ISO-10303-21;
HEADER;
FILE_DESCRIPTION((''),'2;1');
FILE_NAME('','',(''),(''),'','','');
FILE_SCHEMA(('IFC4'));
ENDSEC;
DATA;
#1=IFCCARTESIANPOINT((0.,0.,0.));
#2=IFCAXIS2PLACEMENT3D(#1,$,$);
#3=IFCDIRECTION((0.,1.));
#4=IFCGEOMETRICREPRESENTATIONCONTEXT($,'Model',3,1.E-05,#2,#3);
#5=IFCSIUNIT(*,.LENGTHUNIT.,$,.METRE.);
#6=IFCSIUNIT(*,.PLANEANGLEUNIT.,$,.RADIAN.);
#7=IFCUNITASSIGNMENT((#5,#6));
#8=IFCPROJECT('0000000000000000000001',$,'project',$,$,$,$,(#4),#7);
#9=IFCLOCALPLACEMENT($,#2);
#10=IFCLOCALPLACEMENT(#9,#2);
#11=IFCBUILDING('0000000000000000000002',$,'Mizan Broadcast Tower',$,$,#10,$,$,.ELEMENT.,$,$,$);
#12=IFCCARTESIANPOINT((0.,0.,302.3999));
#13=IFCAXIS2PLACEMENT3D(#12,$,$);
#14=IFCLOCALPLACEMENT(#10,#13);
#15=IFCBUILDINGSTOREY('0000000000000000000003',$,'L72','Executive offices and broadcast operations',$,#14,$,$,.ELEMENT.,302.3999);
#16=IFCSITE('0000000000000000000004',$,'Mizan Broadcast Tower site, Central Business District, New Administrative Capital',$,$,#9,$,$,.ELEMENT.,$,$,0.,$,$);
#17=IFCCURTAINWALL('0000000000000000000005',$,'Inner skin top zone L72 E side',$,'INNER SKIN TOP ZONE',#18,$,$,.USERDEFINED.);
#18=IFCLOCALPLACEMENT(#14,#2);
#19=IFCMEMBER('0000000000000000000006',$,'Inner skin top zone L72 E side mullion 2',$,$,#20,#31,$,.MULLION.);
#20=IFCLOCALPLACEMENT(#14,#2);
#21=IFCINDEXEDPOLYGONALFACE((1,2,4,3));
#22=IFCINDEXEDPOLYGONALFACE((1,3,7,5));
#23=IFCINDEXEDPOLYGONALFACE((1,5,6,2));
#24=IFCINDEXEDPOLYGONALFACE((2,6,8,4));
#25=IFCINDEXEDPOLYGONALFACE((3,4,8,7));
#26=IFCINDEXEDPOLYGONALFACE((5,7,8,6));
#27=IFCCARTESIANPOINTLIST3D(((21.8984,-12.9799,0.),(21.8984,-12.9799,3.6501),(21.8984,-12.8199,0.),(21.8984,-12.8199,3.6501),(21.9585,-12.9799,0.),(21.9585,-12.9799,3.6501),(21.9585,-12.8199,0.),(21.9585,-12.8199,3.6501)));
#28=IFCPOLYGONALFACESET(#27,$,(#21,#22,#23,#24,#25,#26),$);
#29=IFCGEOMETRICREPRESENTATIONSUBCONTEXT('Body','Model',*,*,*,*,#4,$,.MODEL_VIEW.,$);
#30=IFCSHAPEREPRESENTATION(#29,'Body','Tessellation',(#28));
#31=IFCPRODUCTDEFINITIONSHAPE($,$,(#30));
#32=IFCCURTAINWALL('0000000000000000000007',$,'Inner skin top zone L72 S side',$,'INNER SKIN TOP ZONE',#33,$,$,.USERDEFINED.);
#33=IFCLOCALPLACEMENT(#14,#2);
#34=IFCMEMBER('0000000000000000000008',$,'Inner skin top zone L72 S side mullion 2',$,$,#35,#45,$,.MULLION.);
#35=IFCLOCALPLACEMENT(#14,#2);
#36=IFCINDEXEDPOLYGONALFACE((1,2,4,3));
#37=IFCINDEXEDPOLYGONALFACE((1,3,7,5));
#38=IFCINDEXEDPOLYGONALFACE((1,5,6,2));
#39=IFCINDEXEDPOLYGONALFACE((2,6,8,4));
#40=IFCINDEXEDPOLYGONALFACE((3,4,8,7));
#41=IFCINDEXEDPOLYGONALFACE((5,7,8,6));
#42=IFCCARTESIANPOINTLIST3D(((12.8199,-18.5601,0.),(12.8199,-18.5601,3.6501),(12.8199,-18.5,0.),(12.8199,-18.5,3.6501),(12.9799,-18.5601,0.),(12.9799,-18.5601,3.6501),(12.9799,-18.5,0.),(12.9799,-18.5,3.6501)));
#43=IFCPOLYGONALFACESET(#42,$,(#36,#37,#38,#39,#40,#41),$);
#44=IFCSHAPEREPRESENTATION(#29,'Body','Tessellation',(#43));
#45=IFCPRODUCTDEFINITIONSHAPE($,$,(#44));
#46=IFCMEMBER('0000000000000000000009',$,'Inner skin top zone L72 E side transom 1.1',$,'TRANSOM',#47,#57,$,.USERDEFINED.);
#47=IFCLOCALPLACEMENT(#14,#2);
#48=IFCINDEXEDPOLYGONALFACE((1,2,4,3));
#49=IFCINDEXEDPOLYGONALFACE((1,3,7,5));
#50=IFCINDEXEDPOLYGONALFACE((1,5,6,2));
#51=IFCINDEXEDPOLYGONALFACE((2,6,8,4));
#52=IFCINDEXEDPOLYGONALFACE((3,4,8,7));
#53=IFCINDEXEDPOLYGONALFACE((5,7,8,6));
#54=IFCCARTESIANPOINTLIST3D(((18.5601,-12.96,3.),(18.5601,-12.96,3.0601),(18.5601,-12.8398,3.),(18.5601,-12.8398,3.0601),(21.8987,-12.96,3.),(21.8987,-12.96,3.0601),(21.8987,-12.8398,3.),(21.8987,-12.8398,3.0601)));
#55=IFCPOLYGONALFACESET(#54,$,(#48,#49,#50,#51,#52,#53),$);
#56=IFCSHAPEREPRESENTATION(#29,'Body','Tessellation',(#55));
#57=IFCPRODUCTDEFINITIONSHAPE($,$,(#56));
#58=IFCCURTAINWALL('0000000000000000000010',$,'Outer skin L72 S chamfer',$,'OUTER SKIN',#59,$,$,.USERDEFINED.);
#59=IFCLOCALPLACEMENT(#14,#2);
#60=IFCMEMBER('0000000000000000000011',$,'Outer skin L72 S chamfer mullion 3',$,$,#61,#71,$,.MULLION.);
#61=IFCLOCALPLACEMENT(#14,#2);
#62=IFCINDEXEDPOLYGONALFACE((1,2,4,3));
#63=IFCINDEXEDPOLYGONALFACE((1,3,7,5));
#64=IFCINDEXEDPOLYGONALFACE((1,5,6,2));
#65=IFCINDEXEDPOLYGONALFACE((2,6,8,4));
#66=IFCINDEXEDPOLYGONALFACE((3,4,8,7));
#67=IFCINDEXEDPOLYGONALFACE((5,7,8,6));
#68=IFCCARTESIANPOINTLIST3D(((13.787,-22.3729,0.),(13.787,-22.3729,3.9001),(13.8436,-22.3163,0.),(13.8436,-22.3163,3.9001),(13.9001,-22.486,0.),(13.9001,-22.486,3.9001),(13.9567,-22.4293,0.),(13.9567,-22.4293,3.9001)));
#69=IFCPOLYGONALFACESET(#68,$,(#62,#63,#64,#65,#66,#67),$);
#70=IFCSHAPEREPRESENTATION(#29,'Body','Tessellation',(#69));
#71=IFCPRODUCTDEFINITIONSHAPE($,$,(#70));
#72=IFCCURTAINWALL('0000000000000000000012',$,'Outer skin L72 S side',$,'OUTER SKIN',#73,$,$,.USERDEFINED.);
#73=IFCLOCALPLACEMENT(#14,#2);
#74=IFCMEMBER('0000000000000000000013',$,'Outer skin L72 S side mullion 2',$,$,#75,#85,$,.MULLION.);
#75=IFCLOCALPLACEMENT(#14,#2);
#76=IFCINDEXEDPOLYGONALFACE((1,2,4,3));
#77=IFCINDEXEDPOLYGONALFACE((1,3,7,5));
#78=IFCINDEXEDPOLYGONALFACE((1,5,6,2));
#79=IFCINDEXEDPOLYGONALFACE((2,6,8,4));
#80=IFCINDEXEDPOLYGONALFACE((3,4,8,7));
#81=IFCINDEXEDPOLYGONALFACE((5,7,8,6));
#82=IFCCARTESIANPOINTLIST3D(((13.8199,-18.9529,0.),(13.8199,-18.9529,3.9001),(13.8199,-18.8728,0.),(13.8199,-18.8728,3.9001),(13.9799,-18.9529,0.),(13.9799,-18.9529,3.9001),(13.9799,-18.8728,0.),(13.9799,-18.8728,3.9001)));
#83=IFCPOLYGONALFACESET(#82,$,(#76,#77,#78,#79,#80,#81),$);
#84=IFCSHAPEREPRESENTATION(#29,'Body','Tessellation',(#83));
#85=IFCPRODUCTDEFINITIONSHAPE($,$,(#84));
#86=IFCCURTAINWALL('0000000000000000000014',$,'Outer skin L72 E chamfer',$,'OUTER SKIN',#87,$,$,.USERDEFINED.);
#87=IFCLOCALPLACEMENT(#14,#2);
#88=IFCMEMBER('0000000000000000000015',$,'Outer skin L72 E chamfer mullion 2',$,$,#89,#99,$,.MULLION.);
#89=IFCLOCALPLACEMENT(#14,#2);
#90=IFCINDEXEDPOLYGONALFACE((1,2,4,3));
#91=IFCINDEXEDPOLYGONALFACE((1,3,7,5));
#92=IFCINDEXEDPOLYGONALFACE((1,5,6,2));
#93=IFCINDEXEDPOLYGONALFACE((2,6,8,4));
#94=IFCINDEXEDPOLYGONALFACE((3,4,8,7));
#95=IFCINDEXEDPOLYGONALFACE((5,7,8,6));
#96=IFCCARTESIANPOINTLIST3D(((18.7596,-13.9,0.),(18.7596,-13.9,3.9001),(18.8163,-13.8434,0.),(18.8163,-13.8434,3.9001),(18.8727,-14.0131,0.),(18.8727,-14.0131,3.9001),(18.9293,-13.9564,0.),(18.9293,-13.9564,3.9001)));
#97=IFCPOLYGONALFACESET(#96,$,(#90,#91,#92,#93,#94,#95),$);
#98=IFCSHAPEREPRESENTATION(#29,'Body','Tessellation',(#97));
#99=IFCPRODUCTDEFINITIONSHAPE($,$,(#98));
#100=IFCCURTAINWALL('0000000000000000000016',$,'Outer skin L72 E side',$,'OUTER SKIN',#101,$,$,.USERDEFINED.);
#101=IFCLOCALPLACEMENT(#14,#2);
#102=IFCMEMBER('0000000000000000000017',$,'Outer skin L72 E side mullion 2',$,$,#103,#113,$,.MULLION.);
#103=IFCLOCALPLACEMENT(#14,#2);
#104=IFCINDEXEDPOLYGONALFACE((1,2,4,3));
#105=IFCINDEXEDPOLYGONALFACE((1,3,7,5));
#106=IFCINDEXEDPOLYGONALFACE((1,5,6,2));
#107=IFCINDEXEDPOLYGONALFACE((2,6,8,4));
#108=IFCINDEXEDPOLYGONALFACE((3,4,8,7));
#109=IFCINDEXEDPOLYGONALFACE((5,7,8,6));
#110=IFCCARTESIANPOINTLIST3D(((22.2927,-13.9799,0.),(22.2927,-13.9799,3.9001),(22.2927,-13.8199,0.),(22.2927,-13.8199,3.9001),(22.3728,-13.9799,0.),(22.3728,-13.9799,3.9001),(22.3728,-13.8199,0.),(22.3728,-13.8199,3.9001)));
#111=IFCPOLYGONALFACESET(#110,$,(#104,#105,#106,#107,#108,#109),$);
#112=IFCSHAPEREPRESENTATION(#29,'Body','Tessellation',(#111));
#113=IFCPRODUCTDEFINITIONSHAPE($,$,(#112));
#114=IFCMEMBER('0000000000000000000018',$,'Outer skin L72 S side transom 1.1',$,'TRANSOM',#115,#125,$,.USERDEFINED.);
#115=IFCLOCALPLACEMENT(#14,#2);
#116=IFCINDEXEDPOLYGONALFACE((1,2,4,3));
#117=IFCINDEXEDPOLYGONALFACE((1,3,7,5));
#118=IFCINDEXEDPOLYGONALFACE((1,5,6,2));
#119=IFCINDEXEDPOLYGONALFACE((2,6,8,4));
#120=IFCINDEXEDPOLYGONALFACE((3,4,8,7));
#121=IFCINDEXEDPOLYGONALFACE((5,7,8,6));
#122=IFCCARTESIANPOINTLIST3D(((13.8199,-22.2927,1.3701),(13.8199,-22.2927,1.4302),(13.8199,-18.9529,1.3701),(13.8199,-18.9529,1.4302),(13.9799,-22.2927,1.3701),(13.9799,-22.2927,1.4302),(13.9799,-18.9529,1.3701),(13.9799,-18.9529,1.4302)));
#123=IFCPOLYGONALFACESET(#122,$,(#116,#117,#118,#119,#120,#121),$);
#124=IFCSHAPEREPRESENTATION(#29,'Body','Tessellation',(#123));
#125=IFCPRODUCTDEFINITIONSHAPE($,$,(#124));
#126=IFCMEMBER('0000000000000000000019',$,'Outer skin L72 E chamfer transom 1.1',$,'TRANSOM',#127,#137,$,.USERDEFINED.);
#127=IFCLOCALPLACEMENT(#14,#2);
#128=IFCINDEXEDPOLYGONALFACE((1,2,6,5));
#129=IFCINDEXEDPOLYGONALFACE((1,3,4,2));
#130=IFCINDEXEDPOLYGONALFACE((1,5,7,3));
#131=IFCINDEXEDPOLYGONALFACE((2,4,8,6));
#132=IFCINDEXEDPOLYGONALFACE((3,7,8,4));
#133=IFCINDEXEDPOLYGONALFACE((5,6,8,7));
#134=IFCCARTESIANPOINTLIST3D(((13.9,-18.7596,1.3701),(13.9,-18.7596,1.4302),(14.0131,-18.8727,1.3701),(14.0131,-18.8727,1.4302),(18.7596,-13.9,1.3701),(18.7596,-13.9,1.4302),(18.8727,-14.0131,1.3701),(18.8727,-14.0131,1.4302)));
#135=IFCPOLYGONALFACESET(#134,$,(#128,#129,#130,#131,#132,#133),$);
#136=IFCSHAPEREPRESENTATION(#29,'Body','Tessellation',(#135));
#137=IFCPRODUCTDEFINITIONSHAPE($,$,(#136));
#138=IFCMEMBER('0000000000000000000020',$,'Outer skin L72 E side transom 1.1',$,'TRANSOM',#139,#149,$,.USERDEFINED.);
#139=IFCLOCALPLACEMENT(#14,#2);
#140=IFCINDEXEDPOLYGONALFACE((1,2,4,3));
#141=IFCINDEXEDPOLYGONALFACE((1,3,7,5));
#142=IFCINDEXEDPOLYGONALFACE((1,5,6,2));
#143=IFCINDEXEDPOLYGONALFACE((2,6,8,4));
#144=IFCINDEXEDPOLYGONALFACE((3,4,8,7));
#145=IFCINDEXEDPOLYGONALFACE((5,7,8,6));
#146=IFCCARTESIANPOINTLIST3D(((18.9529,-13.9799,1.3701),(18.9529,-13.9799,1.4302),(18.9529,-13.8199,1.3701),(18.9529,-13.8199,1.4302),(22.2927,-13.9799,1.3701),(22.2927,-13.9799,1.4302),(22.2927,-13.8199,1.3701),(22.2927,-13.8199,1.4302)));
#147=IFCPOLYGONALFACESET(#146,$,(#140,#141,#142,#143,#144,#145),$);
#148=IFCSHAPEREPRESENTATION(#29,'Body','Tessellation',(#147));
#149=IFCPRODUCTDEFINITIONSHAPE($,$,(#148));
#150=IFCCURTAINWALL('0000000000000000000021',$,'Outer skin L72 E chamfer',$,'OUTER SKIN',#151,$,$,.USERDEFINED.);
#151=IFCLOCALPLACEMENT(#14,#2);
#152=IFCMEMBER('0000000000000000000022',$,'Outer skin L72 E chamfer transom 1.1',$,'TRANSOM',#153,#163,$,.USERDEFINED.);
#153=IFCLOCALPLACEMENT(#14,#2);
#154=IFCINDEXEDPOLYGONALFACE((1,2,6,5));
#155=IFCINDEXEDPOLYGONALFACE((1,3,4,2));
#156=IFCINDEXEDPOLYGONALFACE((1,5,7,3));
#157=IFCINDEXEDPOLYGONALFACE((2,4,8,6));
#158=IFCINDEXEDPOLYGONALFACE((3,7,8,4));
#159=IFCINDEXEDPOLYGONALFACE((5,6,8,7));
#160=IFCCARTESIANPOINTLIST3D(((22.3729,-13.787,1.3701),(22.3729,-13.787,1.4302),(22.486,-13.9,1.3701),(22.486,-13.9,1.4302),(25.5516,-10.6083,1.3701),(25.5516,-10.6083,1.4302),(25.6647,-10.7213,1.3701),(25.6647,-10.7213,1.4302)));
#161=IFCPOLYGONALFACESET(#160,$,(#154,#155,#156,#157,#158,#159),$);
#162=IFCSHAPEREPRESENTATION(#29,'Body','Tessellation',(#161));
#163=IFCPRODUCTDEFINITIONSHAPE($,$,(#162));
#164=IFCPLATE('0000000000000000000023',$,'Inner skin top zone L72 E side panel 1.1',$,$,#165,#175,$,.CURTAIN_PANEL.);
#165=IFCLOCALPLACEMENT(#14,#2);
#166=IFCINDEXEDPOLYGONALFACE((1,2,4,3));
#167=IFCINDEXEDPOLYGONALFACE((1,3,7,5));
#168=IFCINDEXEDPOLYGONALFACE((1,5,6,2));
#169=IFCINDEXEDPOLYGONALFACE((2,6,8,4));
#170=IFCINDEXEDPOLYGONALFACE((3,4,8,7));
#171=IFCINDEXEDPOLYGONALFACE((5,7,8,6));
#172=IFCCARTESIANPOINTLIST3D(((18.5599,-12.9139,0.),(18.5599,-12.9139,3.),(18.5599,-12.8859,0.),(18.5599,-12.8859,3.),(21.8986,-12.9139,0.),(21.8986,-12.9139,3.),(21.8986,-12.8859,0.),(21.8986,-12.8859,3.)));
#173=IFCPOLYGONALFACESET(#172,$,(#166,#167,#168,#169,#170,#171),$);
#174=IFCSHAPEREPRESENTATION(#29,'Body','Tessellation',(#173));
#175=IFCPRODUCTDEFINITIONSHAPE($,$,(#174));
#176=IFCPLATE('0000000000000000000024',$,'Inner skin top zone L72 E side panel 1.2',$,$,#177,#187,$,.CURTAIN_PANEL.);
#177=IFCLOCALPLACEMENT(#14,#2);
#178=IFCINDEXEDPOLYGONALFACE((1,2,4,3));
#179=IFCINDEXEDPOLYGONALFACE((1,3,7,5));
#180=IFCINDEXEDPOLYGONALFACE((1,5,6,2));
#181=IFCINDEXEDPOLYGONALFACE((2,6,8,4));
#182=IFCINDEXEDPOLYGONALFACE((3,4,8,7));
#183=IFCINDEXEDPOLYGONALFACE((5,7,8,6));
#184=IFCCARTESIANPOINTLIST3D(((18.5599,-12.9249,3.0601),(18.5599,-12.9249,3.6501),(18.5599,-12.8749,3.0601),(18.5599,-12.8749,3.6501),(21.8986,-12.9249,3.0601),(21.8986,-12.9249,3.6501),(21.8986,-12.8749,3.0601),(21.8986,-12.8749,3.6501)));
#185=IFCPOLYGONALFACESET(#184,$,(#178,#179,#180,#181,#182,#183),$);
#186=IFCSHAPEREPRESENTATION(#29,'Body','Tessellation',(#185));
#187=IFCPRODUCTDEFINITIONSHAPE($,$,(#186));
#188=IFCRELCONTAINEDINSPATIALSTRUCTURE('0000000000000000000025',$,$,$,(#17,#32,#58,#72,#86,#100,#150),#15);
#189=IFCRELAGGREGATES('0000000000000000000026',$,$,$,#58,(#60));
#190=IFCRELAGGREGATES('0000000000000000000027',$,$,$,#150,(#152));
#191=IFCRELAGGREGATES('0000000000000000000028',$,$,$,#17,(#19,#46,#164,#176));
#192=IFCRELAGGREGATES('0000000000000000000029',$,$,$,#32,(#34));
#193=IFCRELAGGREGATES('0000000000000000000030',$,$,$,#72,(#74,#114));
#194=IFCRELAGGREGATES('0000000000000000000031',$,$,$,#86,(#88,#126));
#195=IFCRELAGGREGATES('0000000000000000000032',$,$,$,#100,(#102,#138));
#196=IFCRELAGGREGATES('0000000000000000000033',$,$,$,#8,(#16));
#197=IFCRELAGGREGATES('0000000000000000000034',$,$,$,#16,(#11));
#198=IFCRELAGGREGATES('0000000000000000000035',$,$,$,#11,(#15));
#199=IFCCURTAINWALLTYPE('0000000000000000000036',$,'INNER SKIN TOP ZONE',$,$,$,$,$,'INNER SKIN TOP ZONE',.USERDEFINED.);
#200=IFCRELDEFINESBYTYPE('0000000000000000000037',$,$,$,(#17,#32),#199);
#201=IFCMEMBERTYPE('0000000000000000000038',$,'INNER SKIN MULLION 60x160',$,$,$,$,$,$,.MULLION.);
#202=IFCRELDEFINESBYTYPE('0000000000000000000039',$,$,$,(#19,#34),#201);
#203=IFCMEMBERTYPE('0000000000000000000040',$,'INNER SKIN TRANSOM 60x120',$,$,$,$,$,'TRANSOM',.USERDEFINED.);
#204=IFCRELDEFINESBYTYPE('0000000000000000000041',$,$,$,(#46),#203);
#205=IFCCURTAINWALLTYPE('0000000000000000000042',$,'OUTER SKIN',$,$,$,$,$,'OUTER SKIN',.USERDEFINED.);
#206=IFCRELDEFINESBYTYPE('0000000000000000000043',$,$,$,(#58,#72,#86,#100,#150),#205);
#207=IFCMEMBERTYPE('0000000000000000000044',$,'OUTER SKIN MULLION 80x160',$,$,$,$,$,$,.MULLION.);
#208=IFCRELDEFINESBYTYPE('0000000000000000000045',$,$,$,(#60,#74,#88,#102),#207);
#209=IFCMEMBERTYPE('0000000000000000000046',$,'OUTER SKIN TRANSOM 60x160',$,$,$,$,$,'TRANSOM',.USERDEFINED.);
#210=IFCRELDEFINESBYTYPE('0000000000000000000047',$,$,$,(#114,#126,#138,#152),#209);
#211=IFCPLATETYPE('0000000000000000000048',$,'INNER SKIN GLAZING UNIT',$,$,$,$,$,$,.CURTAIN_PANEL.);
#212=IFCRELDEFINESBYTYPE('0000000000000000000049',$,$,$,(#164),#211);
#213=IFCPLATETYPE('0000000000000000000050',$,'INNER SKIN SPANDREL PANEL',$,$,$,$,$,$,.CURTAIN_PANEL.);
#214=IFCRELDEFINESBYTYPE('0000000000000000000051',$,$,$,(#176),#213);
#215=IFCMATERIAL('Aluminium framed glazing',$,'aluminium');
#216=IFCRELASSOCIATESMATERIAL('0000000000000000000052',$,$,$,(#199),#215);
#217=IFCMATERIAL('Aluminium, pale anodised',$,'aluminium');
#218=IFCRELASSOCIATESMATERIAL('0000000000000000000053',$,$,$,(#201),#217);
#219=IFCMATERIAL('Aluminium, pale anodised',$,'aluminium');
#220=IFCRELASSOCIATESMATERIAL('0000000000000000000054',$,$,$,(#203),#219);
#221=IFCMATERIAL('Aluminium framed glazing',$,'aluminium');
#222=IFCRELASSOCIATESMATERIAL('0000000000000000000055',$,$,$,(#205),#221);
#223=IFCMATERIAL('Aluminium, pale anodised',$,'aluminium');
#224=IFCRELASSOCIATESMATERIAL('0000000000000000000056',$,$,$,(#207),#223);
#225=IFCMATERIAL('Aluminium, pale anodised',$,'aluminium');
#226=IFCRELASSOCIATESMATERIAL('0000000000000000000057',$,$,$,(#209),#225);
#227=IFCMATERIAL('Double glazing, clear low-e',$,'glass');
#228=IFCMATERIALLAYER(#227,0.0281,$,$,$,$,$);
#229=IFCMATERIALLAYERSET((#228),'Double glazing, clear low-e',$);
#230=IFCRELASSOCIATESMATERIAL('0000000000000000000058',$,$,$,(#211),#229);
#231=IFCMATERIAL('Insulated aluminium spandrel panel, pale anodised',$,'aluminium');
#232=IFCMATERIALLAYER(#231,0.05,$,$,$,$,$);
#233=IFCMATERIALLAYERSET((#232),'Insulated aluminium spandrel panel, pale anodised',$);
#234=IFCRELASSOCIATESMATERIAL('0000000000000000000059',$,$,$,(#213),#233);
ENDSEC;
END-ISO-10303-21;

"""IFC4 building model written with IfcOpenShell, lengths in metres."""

from ifc_helpers import new_model, si_unit, direction, frame, origin, origin_2d, place, context, subcontext, project, spatial, rectangle, extrude, material, layer, layer_set, material_profile, profile_set, type_object, element, aggregate, save


model = new_model("IFC4")

# Units and contexts
model_context = context("Model", 3, precision=1e-05, world=origin(), true_north=direction((0.0, 1.0)))
body_context = subcontext(model_context, "Body", "Model", "MODEL_VIEW")
ifc_project = project(units=[si_unit("LENGTHUNIT", "METRE"), si_unit("PLANEANGLEUNIT", "RADIAN")], contexts=[model_context])

# Site, building, storey
site_placement = place(None, origin())
site = spatial("IfcSite", under=ifc_project, at=site_placement, Name="Mizan Broadcast Tower site, Central Business District, New Administrative Capital", CompositionType="ELEMENT", RefElevation=0.0)
building_placement = place(site_placement, origin())
building = spatial("IfcBuilding", under=site, at=building_placement, Name="Mizan Broadcast Tower", CompositionType="ELEMENT")
storey_placement = place(building_placement, frame((0.0, 0.0, 302.3999)))
storey = spatial("IfcBuildingStorey", under=building, at=storey_placement, Name="L72", Description="Executive offices and broadcast operations", CompositionType="ELEMENT", Elevation=302.3999)

# Curtain walls, members
ifc_material_1 = material(Name="Aluminium framed glazing", Category="aluminium")
curtain_wall_type_1 = type_object("IfcCurtainWallType", Name="INNER SKIN TOP ZONE", ElementType="INNER SKIN TOP ZONE", PredefinedType="USERDEFINED", material=ifc_material_1)
curtain_wall_1_placement = place(storey_placement, origin())
curtain_wall_1 = element("IfcCurtainWall", 1, at=curtain_wall_1_placement, inside=storey, type_object=curtain_wall_type_1, Name="Inner skin top zone L72 E side", ObjectType="INNER SKIN TOP ZONE", PredefinedType="USERDEFINED")
ifc_material_2 = material(Name="Aluminium, pale anodised", Category="aluminium")
ifc_material_profile_1 = material_profile(ifc_material_2, rectangle(XDim=0.1599, YDim=0.0601, at=origin_2d()), Name="MULLION 160x60")
ifc_profile_set_1 = profile_set([ifc_material_profile_1], Name="Aluminium, pale anodised")
member_type_1 = type_object("IfcMemberType", Name="INNER SKIN MULLION 60x160", PredefinedType="MULLION", material=ifc_profile_set_1)
member_1_placement = place(storey_placement, frame((21.9285, -12.8999, 0.0), z_axis=(0.0, 0.0, 1.0), x_axis=(0.0, 1.0, 0.0)))
member_1 = element("IfcMember", 2, at=member_1_placement, type_object=member_type_1, Name="Inner skin top zone L72 E side mullion 2", PredefinedType="MULLION", context=body_context, shape_type="SweptSolid", body=[
    extrude(rectangle(XDim=0.1599, YDim=0.0601, at=origin_2d()), origin(), (0.0, 0.0, 1.0), 3.6501),
])
curtain_wall_2_placement = place(storey_placement, origin())
curtain_wall_2 = element("IfcCurtainWall", 3, at=curtain_wall_2_placement, inside=storey, type_object=curtain_wall_type_1, Name="Inner skin top zone L72 S side", ObjectType="INNER SKIN TOP ZONE", PredefinedType="USERDEFINED")
member_2_placement = place(storey_placement, frame((12.8999, -18.53, 0.0), z_axis=(0.0, 0.0, 1.0), x_axis=(-1.0, 0.0, 0.0)))
member_2 = element("IfcMember", 4, at=member_2_placement, type_object=member_type_1, Name="Inner skin top zone L72 S side mullion 2", PredefinedType="MULLION", context=body_context, shape_type="SweptSolid", body=[
    extrude(rectangle(XDim=0.1599, YDim=0.0601, at=origin_2d()), origin(), (0.0, 0.0, 1.0), 3.6501),
])

# Member
ifc_material_3 = material(Name="Aluminium, pale anodised", Category="aluminium")
ifc_material_profile_2 = material_profile(ifc_material_3, rectangle(XDim=0.1201, YDim=0.0601, at=origin_2d()), Name="TRANSOM 120x60")
ifc_profile_set_2 = profile_set([ifc_material_profile_2], Name="Aluminium, pale anodised")
member_type_2 = type_object("IfcMemberType", Name="INNER SKIN TRANSOM 60x120", ElementType="TRANSOM", PredefinedType="USERDEFINED", material=ifc_profile_set_2)
member_3_placement = place(storey_placement, frame((18.5601, -12.8999, 3.03), z_axis=(1.0, 0.0, 0.0), x_axis=(0.0, 1.0, 0.0)))
member_3 = element("IfcMember", 5, at=member_3_placement, type_object=member_type_2, Name="Inner skin top zone L72 E side transom 1.1", ObjectType="TRANSOM", PredefinedType="USERDEFINED", context=body_context, shape_type="SweptSolid", body=[
    extrude(rectangle(XDim=0.1201, YDim=0.0601, at=origin_2d()), origin(), (0.0, 0.0, 1.0), 3.3386),
])

# Curtain walls, members
ifc_material_4 = material(Name="Aluminium framed glazing", Category="aluminium")
curtain_wall_type_2 = type_object("IfcCurtainWallType", Name="OUTER SKIN", ElementType="OUTER SKIN", PredefinedType="USERDEFINED", material=ifc_material_4)
curtain_wall_3_placement = place(storey_placement, origin())
curtain_wall_3 = element("IfcCurtainWall", 6, at=curtain_wall_3_placement, inside=storey, type_object=curtain_wall_type_2, Name="Outer skin L72 S chamfer", ObjectType="OUTER SKIN", PredefinedType="USERDEFINED")
ifc_material_5 = material(Name="Aluminium, pale anodised", Category="aluminium")
ifc_material_profile_3 = material_profile(ifc_material_5, rectangle(XDim=0.1599, YDim=0.0801, at=origin_2d()), Name="MULLION 160x80")
ifc_profile_set_3 = profile_set([ifc_material_profile_3], Name="Aluminium, pale anodised")
member_type_3 = type_object("IfcMemberType", Name="OUTER SKIN MULLION 80x160", PredefinedType="MULLION", material=ifc_profile_set_3)
member_4_placement = place(storey_placement, frame((13.8718, -22.4011, 0.0), z_axis=(0.0, 0.0, 1.0), x_axis=(-0.707107, 0.707107, 0.0)))
member_4 = element("IfcMember", 7, at=member_4_placement, type_object=member_type_3, Name="Outer skin L72 S chamfer mullion 3", PredefinedType="MULLION", context=body_context, shape_type="SweptSolid", body=[
    extrude(rectangle(XDim=0.1599, YDim=0.0801, at=origin_2d()), origin(), (0.0, 0.0, 1.0), 3.9001),
])
aggregate(curtain_wall_3, [member_4])
curtain_wall_4_placement = place(storey_placement, origin())
curtain_wall_4 = element("IfcCurtainWall", 8, at=curtain_wall_4_placement, inside=storey, type_object=curtain_wall_type_2, Name="Outer skin L72 S side", ObjectType="OUTER SKIN", PredefinedType="USERDEFINED")
member_5_placement = place(storey_placement, frame((13.8999, -18.9128, 0.0), z_axis=(0.0, 0.0, 1.0), x_axis=(-1.0, 0.0, 0.0)))
member_5 = element("IfcMember", 9, at=member_5_placement, type_object=member_type_3, Name="Outer skin L72 S side mullion 2", PredefinedType="MULLION", context=body_context, shape_type="SweptSolid", body=[
    extrude(rectangle(XDim=0.1599, YDim=0.0801, at=origin_2d()), origin(), (0.0, 0.0, 1.0), 3.9001),
])
curtain_wall_5_placement = place(storey_placement, origin())
curtain_wall_5 = element("IfcCurtainWall", 10, at=curtain_wall_5_placement, inside=storey, type_object=curtain_wall_type_2, Name="Outer skin L72 E chamfer", ObjectType="OUTER SKIN", PredefinedType="USERDEFINED")
member_6_placement = place(storey_placement, frame((18.8445, -13.9282, 0.0), z_axis=(0.0, 0.0, 1.0), x_axis=(-0.707107, 0.707107, 0.0)))
member_6 = element("IfcMember", 11, at=member_6_placement, type_object=member_type_3, Name="Outer skin L72 E chamfer mullion 2", PredefinedType="MULLION", context=body_context, shape_type="SweptSolid", body=[
    extrude(rectangle(XDim=0.1599, YDim=0.0801, at=origin_2d()), origin(), (0.0, 0.0, 1.0), 3.9001),
])
curtain_wall_6_placement = place(storey_placement, origin())
curtain_wall_6 = element("IfcCurtainWall", 12, at=curtain_wall_6_placement, inside=storey, type_object=curtain_wall_type_2, Name="Outer skin L72 E side", ObjectType="OUTER SKIN", PredefinedType="USERDEFINED")
member_7_placement = place(storey_placement, frame((22.3328, -13.8999, 0.0), z_axis=(0.0, 0.0, 1.0), x_axis=(0.0, 1.0, 0.0)))
member_7 = element("IfcMember", 13, at=member_7_placement, type_object=member_type_3, Name="Outer skin L72 E side mullion 2", PredefinedType="MULLION", context=body_context, shape_type="SweptSolid", body=[
    extrude(rectangle(XDim=0.1599, YDim=0.0801, at=origin_2d()), origin(), (0.0, 0.0, 1.0), 3.9001),
])

# Members
ifc_material_6 = material(Name="Aluminium, pale anodised", Category="aluminium")
ifc_material_profile_4 = material_profile(ifc_material_6, rectangle(XDim=0.1599, YDim=0.0601, at=origin_2d()), Name="TRANSOM 160x60")
ifc_profile_set_4 = profile_set([ifc_material_profile_4], Name="Aluminium, pale anodised")
member_type_4 = type_object("IfcMemberType", Name="OUTER SKIN TRANSOM 60x160", ElementType="TRANSOM", PredefinedType="USERDEFINED", material=ifc_profile_set_4)
member_8_placement = place(storey_placement, frame((13.8999, -22.2927, 1.4001), z_axis=(0.0, 1.0, 0.0), x_axis=(-1.0, 0.0, 0.0)))
member_8 = element("IfcMember", 14, at=member_8_placement, type_object=member_type_4, Name="Outer skin L72 S side transom 1.1", ObjectType="TRANSOM", PredefinedType="USERDEFINED", context=body_context, shape_type="SweptSolid", body=[
    extrude(rectangle(XDim=0.1599, YDim=0.0601, at=origin_2d()), origin(), (0.0, 0.0, 1.0), 3.3398),
])
member_9_placement = place(storey_placement, frame((13.9565, -18.8162, 1.4001), z_axis=(0.707107, 0.707107, 0.0), x_axis=(-0.707107, 0.707107, 0.0)))
member_9 = element("IfcMember", 15, at=member_9_placement, type_object=member_type_4, Name="Outer skin L72 E chamfer transom 1.1", ObjectType="TRANSOM", PredefinedType="USERDEFINED", context=body_context, shape_type="SweptSolid", body=[
    extrude(rectangle(XDim=0.1599, YDim=0.0601, at=origin_2d()), origin(), (0.0, 0.0, 1.0), 6.8726),
])
member_10_placement = place(storey_placement, frame((18.9529, -13.8999, 1.4001), z_axis=(1.0, 0.0, 0.0), x_axis=(0.0, 1.0, 0.0)))
member_10 = element("IfcMember", 16, at=member_10_placement, type_object=member_type_4, Name="Outer skin L72 E side transom 1.1", ObjectType="TRANSOM", PredefinedType="USERDEFINED", context=body_context, shape_type="SweptSolid", body=[
    extrude(rectangle(XDim=0.1599, YDim=0.0601, at=origin_2d()), origin(), (0.0, 0.0, 1.0), 3.3398),
])

# Curtain wall, member
curtain_wall_7_placement = place(storey_placement, origin())
curtain_wall_7 = element("IfcCurtainWall", 17, at=curtain_wall_7_placement, inside=storey, type_object=curtain_wall_type_2, Name="Outer skin L72 E chamfer", ObjectType="OUTER SKIN", PredefinedType="USERDEFINED")
member_11_placement = place(storey_placement, frame((22.4294, -13.8435, 1.4001), z_axis=(0.707107, 0.707107, 0.0), x_axis=(-0.707107, 0.707107, 0.0)))
member_11 = element("IfcMember", 18, at=member_11_placement, type_object=member_type_4, Name="Outer skin L72 E chamfer transom 1.1", ObjectType="TRANSOM", PredefinedType="USERDEFINED", context=body_context, shape_type="SweptSolid", body=[
    extrude(rectangle(XDim=0.1599, YDim=0.0601, at=origin_2d()), origin(), (0.0, 0.0, 1.0), 4.4954),
])
aggregate(curtain_wall_7, [member_11])

# Plates
ifc_material_7 = material(Name="Double glazing, clear low-e", Category="glass")
ifc_layer_1 = layer(ifc_material_7, 0.0281)
ifc_layer_set_1 = layer_set([ifc_layer_1], Name="Double glazing, clear low-e")
plate_type_1 = type_object("IfcPlateType", Name="INNER SKIN GLAZING UNIT", PredefinedType="CURTAIN_PANEL", material=ifc_layer_set_1)
plate_1_placement = place(storey_placement, frame((20.2292, -12.8999, 0.0), z_axis=(0.0, 0.0, 1.0), x_axis=(1.0, 0.0, 0.0)))
plate_1 = element("IfcPlate", 19, at=plate_1_placement, type_object=plate_type_1, Name="Inner skin top zone L72 E side panel 1.1", PredefinedType="CURTAIN_PANEL", context=body_context, shape_type="SweptSolid", body=[
    extrude(rectangle(XDim=3.3386, YDim=0.0281, at=origin_2d()), origin(), (0.0, 0.0, 1.0), 3.0),
])
ifc_material_8 = material(Name="Insulated aluminium spandrel panel, pale anodised", Category="aluminium")
ifc_layer_2 = layer(ifc_material_8, 0.05)
ifc_layer_set_2 = layer_set([ifc_layer_2], Name="Insulated aluminium spandrel panel, pale anodised")
plate_type_2 = type_object("IfcPlateType", Name="INNER SKIN SPANDREL PANEL", PredefinedType="CURTAIN_PANEL", material=ifc_layer_set_2)
plate_2_placement = place(storey_placement, frame((20.2292, -12.8999, 3.0601), z_axis=(0.0, 0.0, 1.0), x_axis=(1.0, 0.0, 0.0)))
plate_2 = element("IfcPlate", 20, at=plate_2_placement, type_object=plate_type_2, Name="Inner skin top zone L72 E side panel 1.2", PredefinedType="CURTAIN_PANEL", context=body_context, shape_type="SweptSolid", body=[
    extrude(rectangle(XDim=3.3386, YDim=0.05, at=origin_2d()), origin(), (0.0, 0.0, 1.0), 0.5901),
])
aggregate(curtain_wall_1, [member_1, member_3, plate_1, plate_2])
aggregate(curtain_wall_2, [member_2])
aggregate(curtain_wall_4, [member_5, member_8])
aggregate(curtain_wall_5, [member_6, member_9])
aggregate(curtain_wall_6, [member_7, member_10])

save(model, "model.ifc")
